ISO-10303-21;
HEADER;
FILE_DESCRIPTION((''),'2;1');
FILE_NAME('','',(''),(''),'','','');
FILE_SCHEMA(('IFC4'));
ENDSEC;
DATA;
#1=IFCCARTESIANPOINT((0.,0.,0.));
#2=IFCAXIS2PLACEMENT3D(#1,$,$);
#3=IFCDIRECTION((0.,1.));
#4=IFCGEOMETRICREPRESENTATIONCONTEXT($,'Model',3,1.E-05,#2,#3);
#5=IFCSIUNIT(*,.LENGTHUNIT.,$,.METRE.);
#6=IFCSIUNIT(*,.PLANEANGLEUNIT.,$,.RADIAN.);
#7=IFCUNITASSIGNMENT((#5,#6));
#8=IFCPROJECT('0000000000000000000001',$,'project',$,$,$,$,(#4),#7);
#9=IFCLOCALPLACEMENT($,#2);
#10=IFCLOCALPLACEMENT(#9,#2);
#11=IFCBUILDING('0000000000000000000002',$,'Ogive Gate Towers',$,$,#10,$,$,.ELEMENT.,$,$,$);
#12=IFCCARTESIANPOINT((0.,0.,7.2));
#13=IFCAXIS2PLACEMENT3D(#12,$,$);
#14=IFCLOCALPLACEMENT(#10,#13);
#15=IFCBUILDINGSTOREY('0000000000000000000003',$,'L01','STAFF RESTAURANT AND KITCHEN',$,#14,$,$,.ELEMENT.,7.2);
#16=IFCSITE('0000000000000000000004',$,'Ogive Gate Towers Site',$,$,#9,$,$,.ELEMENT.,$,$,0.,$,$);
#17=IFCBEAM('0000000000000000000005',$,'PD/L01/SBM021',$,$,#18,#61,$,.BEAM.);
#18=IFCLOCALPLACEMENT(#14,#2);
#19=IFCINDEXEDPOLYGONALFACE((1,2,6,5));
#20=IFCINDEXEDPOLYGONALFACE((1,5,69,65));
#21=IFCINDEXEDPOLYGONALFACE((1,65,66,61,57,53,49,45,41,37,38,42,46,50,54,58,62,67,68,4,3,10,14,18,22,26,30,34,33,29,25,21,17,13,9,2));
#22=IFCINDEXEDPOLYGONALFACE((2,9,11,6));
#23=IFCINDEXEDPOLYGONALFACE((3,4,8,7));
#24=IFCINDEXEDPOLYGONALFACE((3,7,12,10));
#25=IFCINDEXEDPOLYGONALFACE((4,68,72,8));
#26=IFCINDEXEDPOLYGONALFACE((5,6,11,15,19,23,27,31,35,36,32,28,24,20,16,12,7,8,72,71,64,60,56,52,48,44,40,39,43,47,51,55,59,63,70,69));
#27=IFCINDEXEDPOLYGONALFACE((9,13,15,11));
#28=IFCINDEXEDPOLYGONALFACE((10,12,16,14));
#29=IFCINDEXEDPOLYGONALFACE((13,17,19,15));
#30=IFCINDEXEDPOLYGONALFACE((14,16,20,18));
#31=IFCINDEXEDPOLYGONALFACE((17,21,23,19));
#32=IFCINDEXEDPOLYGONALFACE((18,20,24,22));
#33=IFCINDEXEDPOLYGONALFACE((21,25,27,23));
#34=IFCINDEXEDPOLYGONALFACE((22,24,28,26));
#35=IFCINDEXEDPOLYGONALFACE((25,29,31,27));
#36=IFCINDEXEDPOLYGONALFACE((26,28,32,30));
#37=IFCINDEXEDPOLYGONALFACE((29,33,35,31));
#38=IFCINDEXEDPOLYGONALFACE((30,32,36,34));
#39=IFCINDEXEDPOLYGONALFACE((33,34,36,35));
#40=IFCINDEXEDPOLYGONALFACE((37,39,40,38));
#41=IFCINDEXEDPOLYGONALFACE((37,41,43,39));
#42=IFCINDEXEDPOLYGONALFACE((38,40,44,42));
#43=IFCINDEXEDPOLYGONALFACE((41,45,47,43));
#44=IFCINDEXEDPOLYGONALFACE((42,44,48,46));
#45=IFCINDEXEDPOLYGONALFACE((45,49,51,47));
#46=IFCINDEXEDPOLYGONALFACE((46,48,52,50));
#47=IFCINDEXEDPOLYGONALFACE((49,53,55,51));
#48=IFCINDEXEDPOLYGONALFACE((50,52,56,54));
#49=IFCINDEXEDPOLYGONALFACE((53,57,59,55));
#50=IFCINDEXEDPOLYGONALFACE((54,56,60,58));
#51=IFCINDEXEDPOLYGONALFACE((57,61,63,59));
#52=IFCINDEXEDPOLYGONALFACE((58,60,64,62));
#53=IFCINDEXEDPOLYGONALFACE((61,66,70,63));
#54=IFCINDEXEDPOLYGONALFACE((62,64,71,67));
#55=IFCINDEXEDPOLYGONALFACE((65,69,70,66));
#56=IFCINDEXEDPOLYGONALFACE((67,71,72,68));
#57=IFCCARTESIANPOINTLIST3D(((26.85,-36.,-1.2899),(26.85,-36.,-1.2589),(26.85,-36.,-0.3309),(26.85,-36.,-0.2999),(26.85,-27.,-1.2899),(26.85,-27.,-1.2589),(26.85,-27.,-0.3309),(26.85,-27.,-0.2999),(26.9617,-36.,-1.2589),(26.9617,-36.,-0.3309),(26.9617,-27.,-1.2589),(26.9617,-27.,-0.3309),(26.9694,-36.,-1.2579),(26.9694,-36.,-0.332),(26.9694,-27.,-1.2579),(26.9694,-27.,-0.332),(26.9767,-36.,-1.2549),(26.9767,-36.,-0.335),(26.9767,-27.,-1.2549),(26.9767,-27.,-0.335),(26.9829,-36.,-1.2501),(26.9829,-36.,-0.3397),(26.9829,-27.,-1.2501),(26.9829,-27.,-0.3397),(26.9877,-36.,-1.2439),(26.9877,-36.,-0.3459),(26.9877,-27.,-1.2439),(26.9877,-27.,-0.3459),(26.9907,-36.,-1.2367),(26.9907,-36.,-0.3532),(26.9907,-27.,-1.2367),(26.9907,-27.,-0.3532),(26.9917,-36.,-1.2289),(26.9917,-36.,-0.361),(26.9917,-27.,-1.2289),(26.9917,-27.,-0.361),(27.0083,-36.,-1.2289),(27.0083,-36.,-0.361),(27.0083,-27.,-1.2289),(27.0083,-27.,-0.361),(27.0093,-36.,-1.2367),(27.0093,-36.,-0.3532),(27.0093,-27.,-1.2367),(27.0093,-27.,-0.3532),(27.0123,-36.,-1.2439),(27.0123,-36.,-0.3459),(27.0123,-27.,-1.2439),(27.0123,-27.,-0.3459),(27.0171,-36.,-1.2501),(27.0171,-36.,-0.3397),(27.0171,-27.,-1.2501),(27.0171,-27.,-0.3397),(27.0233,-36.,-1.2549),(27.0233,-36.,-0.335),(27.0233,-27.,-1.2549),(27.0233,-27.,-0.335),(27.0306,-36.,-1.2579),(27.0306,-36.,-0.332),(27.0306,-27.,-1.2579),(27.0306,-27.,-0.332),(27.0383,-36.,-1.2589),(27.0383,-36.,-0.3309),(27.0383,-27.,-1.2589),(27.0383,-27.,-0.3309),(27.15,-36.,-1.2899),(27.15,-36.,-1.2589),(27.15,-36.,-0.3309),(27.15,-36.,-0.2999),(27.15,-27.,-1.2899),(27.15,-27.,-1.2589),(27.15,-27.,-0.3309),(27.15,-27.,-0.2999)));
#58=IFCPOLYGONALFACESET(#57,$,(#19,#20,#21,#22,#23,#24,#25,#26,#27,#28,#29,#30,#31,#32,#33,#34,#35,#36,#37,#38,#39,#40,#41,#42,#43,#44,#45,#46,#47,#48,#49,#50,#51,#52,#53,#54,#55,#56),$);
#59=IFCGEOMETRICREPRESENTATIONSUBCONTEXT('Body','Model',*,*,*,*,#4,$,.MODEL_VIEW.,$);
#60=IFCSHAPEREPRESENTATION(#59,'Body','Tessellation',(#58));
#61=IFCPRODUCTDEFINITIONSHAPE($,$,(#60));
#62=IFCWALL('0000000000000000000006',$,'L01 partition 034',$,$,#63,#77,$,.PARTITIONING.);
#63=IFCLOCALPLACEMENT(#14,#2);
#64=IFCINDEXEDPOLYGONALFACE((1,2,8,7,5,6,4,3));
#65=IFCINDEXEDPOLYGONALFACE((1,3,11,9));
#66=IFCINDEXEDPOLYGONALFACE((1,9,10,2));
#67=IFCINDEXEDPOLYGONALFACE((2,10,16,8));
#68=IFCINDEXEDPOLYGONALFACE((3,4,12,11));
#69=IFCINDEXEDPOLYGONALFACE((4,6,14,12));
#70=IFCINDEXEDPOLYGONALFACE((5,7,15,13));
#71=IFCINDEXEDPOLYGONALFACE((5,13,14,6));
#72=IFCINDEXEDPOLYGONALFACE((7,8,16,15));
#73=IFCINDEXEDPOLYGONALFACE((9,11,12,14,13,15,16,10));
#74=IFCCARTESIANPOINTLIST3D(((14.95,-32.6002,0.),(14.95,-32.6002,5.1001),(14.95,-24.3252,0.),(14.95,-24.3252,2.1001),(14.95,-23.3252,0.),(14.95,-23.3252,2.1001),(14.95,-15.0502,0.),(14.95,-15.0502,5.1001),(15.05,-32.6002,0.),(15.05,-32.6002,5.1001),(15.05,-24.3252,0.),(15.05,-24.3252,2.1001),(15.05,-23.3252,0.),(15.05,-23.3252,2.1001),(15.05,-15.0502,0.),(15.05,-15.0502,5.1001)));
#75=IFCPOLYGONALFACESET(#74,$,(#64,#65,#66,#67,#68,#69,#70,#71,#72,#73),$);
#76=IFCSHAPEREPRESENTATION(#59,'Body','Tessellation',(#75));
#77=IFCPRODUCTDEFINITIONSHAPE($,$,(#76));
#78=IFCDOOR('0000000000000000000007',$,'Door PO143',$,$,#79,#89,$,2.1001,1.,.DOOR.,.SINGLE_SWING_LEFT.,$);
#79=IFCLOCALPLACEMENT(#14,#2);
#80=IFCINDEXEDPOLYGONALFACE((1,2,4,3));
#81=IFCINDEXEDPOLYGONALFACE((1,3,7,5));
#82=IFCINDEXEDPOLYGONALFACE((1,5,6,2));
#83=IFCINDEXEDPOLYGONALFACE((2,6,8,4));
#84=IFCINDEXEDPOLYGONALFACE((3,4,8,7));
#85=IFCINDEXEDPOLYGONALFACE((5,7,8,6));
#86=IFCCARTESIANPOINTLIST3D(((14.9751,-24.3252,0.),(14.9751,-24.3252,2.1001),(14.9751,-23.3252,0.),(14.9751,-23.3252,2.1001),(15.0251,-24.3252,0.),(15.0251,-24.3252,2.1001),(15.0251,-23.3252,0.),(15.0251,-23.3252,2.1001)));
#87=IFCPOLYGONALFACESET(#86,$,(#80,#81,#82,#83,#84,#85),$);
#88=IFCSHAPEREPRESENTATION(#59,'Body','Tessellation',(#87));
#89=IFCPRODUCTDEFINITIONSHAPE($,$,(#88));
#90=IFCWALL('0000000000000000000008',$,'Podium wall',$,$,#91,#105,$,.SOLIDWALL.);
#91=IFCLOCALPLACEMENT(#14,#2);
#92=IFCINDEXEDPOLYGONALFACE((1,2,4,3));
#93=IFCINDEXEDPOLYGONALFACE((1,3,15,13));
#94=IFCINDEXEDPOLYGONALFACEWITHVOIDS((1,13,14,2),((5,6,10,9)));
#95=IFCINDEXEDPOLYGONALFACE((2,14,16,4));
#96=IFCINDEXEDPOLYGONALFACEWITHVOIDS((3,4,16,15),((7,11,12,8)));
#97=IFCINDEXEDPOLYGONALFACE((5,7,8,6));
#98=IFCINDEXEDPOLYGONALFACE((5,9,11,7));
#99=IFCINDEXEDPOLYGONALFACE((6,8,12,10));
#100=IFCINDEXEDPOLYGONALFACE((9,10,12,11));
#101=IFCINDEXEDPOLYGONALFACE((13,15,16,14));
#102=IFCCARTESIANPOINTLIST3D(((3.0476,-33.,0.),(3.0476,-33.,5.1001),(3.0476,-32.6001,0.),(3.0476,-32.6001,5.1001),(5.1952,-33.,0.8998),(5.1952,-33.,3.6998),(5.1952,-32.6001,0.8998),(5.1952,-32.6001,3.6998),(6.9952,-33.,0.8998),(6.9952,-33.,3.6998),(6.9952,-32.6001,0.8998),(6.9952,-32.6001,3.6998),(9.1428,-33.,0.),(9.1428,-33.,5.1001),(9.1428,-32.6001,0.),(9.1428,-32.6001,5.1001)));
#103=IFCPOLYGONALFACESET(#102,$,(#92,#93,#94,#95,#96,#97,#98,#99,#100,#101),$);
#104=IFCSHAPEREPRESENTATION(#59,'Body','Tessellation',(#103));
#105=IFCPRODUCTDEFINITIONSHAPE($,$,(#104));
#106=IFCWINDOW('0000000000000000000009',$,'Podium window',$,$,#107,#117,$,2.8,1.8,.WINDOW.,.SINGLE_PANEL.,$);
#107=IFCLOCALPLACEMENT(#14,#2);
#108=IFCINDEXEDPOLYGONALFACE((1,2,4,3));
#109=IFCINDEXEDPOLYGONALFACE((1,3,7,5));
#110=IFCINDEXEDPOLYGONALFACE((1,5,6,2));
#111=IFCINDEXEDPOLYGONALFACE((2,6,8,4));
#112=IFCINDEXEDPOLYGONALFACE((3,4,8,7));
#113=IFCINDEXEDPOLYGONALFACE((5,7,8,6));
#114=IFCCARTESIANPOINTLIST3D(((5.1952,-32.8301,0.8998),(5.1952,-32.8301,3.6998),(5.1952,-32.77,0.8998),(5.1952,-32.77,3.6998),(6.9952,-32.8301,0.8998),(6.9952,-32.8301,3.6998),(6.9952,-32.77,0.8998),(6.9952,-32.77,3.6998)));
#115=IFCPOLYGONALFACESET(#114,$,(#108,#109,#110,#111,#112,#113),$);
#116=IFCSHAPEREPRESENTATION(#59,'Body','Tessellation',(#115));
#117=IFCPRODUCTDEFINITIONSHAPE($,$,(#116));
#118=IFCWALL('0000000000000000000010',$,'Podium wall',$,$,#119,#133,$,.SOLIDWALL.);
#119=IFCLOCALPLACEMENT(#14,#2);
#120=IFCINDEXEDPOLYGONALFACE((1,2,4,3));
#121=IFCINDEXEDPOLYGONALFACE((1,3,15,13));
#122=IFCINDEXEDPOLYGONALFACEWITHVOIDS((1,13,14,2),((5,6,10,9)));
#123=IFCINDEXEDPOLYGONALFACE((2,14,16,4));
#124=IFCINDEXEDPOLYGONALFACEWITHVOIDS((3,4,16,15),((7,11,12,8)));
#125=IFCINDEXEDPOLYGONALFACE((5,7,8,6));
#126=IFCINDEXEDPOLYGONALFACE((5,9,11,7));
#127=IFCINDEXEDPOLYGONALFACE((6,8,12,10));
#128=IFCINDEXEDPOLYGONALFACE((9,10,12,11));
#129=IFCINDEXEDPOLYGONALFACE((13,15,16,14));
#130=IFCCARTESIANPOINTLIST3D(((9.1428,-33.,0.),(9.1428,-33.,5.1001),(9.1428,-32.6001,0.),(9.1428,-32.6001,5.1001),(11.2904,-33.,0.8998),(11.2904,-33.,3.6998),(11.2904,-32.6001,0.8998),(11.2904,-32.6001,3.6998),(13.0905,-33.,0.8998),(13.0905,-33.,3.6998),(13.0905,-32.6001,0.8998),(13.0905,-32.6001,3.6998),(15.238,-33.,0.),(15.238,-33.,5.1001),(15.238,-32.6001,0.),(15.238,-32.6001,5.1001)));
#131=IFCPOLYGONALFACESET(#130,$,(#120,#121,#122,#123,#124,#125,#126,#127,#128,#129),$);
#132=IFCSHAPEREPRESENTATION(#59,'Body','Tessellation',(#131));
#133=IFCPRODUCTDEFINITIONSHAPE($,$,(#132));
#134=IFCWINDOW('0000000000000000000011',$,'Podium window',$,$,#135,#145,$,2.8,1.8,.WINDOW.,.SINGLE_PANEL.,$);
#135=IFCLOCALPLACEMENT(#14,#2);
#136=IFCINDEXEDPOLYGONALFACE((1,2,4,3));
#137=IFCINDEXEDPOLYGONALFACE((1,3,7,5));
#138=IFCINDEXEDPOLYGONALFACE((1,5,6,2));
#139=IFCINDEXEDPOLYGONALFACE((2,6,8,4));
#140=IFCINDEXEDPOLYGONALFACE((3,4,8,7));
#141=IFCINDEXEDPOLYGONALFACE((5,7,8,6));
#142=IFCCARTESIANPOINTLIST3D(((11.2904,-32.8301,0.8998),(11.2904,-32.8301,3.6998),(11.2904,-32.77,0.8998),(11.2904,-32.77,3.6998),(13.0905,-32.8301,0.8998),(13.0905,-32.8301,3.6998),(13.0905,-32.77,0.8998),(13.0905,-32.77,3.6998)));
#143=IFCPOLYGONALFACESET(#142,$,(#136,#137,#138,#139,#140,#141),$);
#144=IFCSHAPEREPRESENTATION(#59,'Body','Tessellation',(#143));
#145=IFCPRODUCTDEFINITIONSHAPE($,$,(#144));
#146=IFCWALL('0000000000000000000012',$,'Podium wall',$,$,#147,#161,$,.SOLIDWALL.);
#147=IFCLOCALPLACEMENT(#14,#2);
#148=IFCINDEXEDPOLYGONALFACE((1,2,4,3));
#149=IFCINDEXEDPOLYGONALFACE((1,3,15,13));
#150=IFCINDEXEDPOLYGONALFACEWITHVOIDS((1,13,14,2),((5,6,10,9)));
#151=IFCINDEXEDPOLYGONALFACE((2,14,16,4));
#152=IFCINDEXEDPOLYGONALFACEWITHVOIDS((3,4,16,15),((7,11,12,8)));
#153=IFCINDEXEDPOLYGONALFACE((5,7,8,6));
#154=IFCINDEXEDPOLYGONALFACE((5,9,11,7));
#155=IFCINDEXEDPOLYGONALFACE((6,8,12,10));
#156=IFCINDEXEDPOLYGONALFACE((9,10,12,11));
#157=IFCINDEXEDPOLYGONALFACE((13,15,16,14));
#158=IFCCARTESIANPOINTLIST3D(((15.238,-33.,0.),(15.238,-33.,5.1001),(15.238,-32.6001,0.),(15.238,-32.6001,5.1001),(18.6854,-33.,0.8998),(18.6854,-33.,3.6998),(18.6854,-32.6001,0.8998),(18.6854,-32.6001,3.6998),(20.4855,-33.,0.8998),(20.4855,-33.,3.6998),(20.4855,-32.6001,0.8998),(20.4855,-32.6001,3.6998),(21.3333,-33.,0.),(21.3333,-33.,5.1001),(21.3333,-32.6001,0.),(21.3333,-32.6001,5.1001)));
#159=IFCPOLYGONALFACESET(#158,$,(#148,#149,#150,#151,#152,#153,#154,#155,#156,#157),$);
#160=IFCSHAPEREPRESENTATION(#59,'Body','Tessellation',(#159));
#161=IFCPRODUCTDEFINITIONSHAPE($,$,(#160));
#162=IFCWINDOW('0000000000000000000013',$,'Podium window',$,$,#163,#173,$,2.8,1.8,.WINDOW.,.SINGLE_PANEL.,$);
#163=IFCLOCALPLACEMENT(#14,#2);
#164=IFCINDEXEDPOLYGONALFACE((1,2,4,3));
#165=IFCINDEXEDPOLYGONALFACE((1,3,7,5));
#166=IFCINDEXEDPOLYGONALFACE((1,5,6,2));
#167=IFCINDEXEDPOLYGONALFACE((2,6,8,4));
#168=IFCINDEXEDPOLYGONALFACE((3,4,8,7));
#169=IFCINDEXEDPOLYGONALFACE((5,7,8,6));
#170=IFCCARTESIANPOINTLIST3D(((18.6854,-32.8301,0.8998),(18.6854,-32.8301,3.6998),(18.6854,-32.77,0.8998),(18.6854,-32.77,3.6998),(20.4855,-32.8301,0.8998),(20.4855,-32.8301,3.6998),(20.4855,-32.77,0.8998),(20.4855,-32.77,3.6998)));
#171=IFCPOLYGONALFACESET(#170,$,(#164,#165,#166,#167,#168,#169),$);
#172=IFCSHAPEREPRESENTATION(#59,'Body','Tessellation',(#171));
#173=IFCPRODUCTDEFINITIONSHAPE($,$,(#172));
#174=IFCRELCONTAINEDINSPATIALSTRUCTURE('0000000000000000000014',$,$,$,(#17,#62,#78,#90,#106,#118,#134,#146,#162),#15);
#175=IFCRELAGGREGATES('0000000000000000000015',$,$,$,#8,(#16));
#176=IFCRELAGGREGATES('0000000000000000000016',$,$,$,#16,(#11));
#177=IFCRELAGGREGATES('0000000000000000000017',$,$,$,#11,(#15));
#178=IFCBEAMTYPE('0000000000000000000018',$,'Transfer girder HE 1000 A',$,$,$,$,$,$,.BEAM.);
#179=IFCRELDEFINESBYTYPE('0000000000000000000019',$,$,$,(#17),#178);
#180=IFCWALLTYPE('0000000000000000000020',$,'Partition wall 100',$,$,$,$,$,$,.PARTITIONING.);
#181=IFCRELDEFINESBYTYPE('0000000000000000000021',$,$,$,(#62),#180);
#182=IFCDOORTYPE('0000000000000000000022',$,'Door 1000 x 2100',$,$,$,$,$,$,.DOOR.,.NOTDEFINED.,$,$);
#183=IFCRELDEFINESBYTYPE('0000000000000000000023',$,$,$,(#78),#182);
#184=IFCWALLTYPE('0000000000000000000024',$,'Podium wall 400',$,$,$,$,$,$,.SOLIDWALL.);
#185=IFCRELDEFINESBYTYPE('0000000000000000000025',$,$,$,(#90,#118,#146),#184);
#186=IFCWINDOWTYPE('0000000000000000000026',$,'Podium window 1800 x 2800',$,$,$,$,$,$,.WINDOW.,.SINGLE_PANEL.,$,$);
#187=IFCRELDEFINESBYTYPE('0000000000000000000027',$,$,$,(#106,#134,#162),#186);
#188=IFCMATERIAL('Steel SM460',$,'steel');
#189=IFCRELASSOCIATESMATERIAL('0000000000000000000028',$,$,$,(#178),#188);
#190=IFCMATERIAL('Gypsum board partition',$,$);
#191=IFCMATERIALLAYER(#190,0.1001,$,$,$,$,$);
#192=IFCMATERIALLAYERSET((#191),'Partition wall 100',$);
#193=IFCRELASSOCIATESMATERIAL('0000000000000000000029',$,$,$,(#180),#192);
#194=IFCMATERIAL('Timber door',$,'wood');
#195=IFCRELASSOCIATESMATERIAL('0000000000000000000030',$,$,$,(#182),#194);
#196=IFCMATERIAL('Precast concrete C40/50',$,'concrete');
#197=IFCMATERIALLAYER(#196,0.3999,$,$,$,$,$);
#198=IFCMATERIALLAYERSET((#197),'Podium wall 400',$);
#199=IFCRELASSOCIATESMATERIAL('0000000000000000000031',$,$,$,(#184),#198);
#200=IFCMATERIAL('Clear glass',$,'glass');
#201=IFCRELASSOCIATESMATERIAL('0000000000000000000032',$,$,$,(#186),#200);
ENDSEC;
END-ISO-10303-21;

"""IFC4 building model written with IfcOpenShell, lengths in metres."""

from ifc_helpers import new_model, si_unit, direction, frame, frame_2d, origin, origin_2d, place, context, subcontext, project, spatial, rectangle, i_section, extrude, material, layer, layer_set, material_profile, profile_set, type_object, element, fill, save


model = new_model("IFC4")

# Units and contexts
model_context = context("Model", 3, precision=1e-05, world=origin(), true_north=direction((0.0, 1.0)))
body_context = subcontext(model_context, "Body", "Model", "MODEL_VIEW")
ifc_project = project(units=[si_unit("LENGTHUNIT", "METRE"), si_unit("PLANEANGLEUNIT", "RADIAN")], contexts=[model_context])

# Site, building, storey
site_placement = place(None, origin())
site = spatial("IfcSite", under=ifc_project, at=site_placement, Name="Ogive Gate Towers Site", CompositionType="ELEMENT", RefElevation=0.0)
building_placement = place(site_placement, origin())
building = spatial("IfcBuilding", under=site, at=building_placement, Name="Ogive Gate Towers", CompositionType="ELEMENT")
storey_placement = place(building_placement, frame((0.0, 0.0, 7.2)))
storey = spatial("IfcBuildingStorey", under=building, at=storey_placement, Name="L01", Description="STAFF RESTAURANT AND KITCHEN", CompositionType="ELEMENT", Elevation=7.2)

# Beam
ifc_material_1 = material(Name="Steel SM460", Category="steel")
ifc_material_profile_1 = material_profile(ifc_material_1, i_section(OverallWidth=0.3, OverallDepth=0.99, WebThickness=0.0166, FlangeThickness=0.031, FilletRadius=0.03, at=origin_2d()), Name="HE 1000 A")
ifc_profile_set_1 = profile_set([ifc_material_profile_1], Name="Steel SM460")
beam_type_1 = type_object("IfcBeamType", Name="Transfer girder HE 1000 A", PredefinedType="BEAM", material=ifc_profile_set_1)
for number, where, z_axis, x_axis, name in (
    (1, (27.0, -36.0, -0.7949), (0.0, 1.0, 0.0), (-1.0, 0.0, 0.0), "PD/L01/SBM021"),
):
    element("IfcBeam", number, at=place(storey_placement, frame(where, z_axis=z_axis, x_axis=x_axis)), inside=storey, type_object=beam_type_1, Name=name, PredefinedType="BEAM", context=body_context, shape_type="SweptSolid", body=[
        extrude(i_section(OverallWidth=0.3, OverallDepth=0.99, WebThickness=0.0166, FlangeThickness=0.031, FilletRadius=0.03, at=origin_2d()), origin(), (0.0, 0.0, 1.0), 9.0),
    ])

# Wall, opening, door
ifc_material_2 = material(Name="Gypsum board partition")
ifc_layer_1 = layer(ifc_material_2, 0.1001)
ifc_layer_set_1 = layer_set([ifc_layer_1], Name="Partition wall 100")
wall_type_1 = type_object("IfcWallType", Name="Partition wall 100", PredefinedType="PARTITIONING", material=ifc_layer_set_1)
wall_1_placement = place(storey_placement, frame((15.0, -32.6001, 0.0), z_axis=(0.0, 0.0, 1.0), x_axis=(0.0, 1.0, 0.0)))
wall_1 = element("IfcWall", 2, at=wall_1_placement, inside=storey, type_object=wall_type_1, Name="L01 partition 034", PredefinedType="PARTITIONING", context=body_context, shape_type="SweptSolid", body=[
    extrude(rectangle(XDim=17.55, YDim=0.1001, at=frame_2d((8.7749, 0.0))), origin(), (0.0, 0.0, 1.0), 5.1001),
])
opening_1_placement = place(wall_1_placement, frame((8.2749, 0.0, 0.0)))
opening_1 = element("IfcOpeningElement", 3, at=opening_1_placement, cuts=wall_1, PredefinedType="OPENING", context=body_context, shape_type="SweptSolid", body=[
    extrude(rectangle(XDim=1.0, YDim=2.1001, at=frame_2d((0.5, 1.05))), frame((0.0, 0.0601, 0.0), z_axis=(0.0, -1.0, 0.0), x_axis=(1.0, 0.0, 0.0)), (0.0, 0.0, 1.0), 0.1201),
])
ifc_material_3 = material(Name="Timber door", Category="wood")
door_type = type_object("IfcDoorType", Name="Door 1000 x 2100", OperationType="NOTDEFINED", PredefinedType="DOOR", material=ifc_material_3)
door_placement = place(opening_1_placement, origin())
door = element("IfcDoor", 4, at=door_placement, inside=storey, type_object=door_type, Name="Door PO143", OperationType="SINGLE_SWING_LEFT", OverallHeight=2.1001, OverallWidth=1.0, PredefinedType="DOOR", context=body_context, shape_type="SweptSolid", body=[
    extrude(rectangle(XDim=1.0, YDim=2.1001, at=frame_2d((0.5, 1.05))), frame((0.0, 0.0249, 0.0), z_axis=(0.0, -1.0, 0.0), x_axis=(1.0, 0.0, 0.0)), (0.0, 0.0, 1.0), 0.05),
])
fill(opening_1, door)

# Walls, openings, windows
ifc_material_4 = material(Name="Precast concrete C40/50", Category="concrete")
ifc_layer_2 = layer(ifc_material_4, 0.3999)
ifc_layer_set_2 = layer_set([ifc_layer_2], Name="Podium wall 400")
wall_type_2 = type_object("IfcWallType", Name="Podium wall 400", PredefinedType="SOLIDWALL", material=ifc_layer_set_2)
wall_2_placement = place(storey_placement, frame((3.0476, -32.8, 0.0), z_axis=(0.0, 0.0, 1.0), x_axis=(1.0, 0.0, 0.0)))
wall_2 = element("IfcWall", 5, at=wall_2_placement, inside=storey, type_object=wall_type_2, Name="Podium wall", PredefinedType="SOLIDWALL", context=body_context, shape_type="SweptSolid", body=[
    extrude(rectangle(XDim=6.0952, YDim=0.3999, at=frame_2d((3.0476, 0.0))), origin(), (0.0, 0.0, 1.0), 5.1001),
])
opening_2_placement = place(wall_2_placement, frame((2.1477, 0.0, 0.8999)))
opening_2 = element("IfcOpeningElement", 6, at=opening_2_placement, cuts=wall_2, PredefinedType="OPENING", context=body_context, shape_type="SweptSolid", body=[
    extrude(rectangle(XDim=1.8, YDim=2.8, at=frame_2d((0.8999, 1.3999))), frame((0.0, 0.21, 0.0), z_axis=(0.0, -1.0, 0.0), x_axis=(1.0, 0.0, 0.0)), (0.0, 0.0, 1.0), 0.4199),
])
ifc_material_5 = material(Name="Clear glass", Category="glass")
window_type = type_object("IfcWindowType", Name="Podium window 1800 x 2800", PartitioningType="SINGLE_PANEL", PredefinedType="WINDOW", material=ifc_material_5)
window_1_placement = place(opening_2_placement, origin())
window_1 = element("IfcWindow", 7, at=window_1_placement, inside=storey, type_object=window_type, Name="Podium window", OverallHeight=2.8, OverallWidth=1.8, PartitioningType="SINGLE_PANEL", PredefinedType="WINDOW", context=body_context, shape_type="SweptSolid", body=[
    extrude(rectangle(XDim=1.8, YDim=2.8, at=frame_2d((0.8999, 1.3999))), frame((0.0, 0.03, 0.0), z_axis=(0.0, -1.0, 0.0), x_axis=(1.0, 0.0, 0.0)), (0.0, 0.0, 1.0), 0.0601),
])
fill(opening_2, window_1)
wall_3_placement = place(storey_placement, frame((9.1428, -32.8, 0.0), z_axis=(0.0, 0.0, 1.0), x_axis=(1.0, 0.0, 0.0)))
wall_3 = element("IfcWall", 8, at=wall_3_placement, inside=storey, type_object=wall_type_2, Name="Podium wall", PredefinedType="SOLIDWALL", context=body_context, shape_type="SweptSolid", body=[
    extrude(rectangle(XDim=6.0952, YDim=0.3999, at=frame_2d((3.0476, 0.0))), origin(), (0.0, 0.0, 1.0), 5.1001),
])
opening_3_placement = place(wall_3_placement, frame((2.1477, 0.0, 0.8999)))
opening_3 = element("IfcOpeningElement", 9, at=opening_3_placement, cuts=wall_3, PredefinedType="OPENING", context=body_context, shape_type="SweptSolid", body=[
    extrude(rectangle(XDim=1.8, YDim=2.8, at=frame_2d((0.8999, 1.3999))), frame((0.0, 0.21, 0.0), z_axis=(0.0, -1.0, 0.0), x_axis=(1.0, 0.0, 0.0)), (0.0, 0.0, 1.0), 0.4199),
])
window_2_placement = place(opening_3_placement, origin())
window_2 = element("IfcWindow", 10, at=window_2_placement, inside=storey, type_object=window_type, Name="Podium window", OverallHeight=2.8, OverallWidth=1.8, PartitioningType="SINGLE_PANEL", PredefinedType="WINDOW", context=body_context, shape_type="SweptSolid", body=[
    extrude(rectangle(XDim=1.8, YDim=2.8, at=frame_2d((0.8999, 1.3999))), frame((0.0, 0.03, 0.0), z_axis=(0.0, -1.0, 0.0), x_axis=(1.0, 0.0, 0.0)), (0.0, 0.0, 1.0), 0.0601),
])
fill(opening_3, window_2)
wall_4_placement = place(storey_placement, frame((15.238, -32.8, 0.0), z_axis=(0.0, 0.0, 1.0), x_axis=(1.0, 0.0, 0.0)))
wall_4 = element("IfcWall", 11, at=wall_4_placement, inside=storey, type_object=wall_type_2, Name="Podium wall", PredefinedType="SOLIDWALL", context=body_context, shape_type="SweptSolid", body=[
    extrude(rectangle(XDim=6.0952, YDim=0.3999, at=frame_2d((3.0476, 0.0))), origin(), (0.0, 0.0, 1.0), 5.1001),
])
opening_4_placement = place(wall_4_placement, frame((3.4475, 0.0, 0.8999)))
opening_4 = element("IfcOpeningElement", 12, at=opening_4_placement, cuts=wall_4, PredefinedType="OPENING", context=body_context, shape_type="SweptSolid", body=[
    extrude(rectangle(XDim=1.8, YDim=2.8, at=frame_2d((0.8999, 1.3999))), frame((0.0, 0.21, 0.0), z_axis=(0.0, -1.0, 0.0), x_axis=(1.0, 0.0, 0.0)), (0.0, 0.0, 1.0), 0.4199),
])
window_3_placement = place(opening_4_placement, origin())
window_3 = element("IfcWindow", 13, at=window_3_placement, inside=storey, type_object=window_type, Name="Podium window", OverallHeight=2.8, OverallWidth=1.8, PartitioningType="SINGLE_PANEL", PredefinedType="WINDOW", context=body_context, shape_type="SweptSolid", body=[
    extrude(rectangle(XDim=1.8, YDim=2.8, at=frame_2d((0.8999, 1.3999))), frame((0.0, 0.03, 0.0), z_axis=(0.0, -1.0, 0.0), x_axis=(1.0, 0.0, 0.0)), (0.0, 0.0, 1.0), 0.0601),
])
fill(opening_4, window_3)

save(model, "model.ifc")
